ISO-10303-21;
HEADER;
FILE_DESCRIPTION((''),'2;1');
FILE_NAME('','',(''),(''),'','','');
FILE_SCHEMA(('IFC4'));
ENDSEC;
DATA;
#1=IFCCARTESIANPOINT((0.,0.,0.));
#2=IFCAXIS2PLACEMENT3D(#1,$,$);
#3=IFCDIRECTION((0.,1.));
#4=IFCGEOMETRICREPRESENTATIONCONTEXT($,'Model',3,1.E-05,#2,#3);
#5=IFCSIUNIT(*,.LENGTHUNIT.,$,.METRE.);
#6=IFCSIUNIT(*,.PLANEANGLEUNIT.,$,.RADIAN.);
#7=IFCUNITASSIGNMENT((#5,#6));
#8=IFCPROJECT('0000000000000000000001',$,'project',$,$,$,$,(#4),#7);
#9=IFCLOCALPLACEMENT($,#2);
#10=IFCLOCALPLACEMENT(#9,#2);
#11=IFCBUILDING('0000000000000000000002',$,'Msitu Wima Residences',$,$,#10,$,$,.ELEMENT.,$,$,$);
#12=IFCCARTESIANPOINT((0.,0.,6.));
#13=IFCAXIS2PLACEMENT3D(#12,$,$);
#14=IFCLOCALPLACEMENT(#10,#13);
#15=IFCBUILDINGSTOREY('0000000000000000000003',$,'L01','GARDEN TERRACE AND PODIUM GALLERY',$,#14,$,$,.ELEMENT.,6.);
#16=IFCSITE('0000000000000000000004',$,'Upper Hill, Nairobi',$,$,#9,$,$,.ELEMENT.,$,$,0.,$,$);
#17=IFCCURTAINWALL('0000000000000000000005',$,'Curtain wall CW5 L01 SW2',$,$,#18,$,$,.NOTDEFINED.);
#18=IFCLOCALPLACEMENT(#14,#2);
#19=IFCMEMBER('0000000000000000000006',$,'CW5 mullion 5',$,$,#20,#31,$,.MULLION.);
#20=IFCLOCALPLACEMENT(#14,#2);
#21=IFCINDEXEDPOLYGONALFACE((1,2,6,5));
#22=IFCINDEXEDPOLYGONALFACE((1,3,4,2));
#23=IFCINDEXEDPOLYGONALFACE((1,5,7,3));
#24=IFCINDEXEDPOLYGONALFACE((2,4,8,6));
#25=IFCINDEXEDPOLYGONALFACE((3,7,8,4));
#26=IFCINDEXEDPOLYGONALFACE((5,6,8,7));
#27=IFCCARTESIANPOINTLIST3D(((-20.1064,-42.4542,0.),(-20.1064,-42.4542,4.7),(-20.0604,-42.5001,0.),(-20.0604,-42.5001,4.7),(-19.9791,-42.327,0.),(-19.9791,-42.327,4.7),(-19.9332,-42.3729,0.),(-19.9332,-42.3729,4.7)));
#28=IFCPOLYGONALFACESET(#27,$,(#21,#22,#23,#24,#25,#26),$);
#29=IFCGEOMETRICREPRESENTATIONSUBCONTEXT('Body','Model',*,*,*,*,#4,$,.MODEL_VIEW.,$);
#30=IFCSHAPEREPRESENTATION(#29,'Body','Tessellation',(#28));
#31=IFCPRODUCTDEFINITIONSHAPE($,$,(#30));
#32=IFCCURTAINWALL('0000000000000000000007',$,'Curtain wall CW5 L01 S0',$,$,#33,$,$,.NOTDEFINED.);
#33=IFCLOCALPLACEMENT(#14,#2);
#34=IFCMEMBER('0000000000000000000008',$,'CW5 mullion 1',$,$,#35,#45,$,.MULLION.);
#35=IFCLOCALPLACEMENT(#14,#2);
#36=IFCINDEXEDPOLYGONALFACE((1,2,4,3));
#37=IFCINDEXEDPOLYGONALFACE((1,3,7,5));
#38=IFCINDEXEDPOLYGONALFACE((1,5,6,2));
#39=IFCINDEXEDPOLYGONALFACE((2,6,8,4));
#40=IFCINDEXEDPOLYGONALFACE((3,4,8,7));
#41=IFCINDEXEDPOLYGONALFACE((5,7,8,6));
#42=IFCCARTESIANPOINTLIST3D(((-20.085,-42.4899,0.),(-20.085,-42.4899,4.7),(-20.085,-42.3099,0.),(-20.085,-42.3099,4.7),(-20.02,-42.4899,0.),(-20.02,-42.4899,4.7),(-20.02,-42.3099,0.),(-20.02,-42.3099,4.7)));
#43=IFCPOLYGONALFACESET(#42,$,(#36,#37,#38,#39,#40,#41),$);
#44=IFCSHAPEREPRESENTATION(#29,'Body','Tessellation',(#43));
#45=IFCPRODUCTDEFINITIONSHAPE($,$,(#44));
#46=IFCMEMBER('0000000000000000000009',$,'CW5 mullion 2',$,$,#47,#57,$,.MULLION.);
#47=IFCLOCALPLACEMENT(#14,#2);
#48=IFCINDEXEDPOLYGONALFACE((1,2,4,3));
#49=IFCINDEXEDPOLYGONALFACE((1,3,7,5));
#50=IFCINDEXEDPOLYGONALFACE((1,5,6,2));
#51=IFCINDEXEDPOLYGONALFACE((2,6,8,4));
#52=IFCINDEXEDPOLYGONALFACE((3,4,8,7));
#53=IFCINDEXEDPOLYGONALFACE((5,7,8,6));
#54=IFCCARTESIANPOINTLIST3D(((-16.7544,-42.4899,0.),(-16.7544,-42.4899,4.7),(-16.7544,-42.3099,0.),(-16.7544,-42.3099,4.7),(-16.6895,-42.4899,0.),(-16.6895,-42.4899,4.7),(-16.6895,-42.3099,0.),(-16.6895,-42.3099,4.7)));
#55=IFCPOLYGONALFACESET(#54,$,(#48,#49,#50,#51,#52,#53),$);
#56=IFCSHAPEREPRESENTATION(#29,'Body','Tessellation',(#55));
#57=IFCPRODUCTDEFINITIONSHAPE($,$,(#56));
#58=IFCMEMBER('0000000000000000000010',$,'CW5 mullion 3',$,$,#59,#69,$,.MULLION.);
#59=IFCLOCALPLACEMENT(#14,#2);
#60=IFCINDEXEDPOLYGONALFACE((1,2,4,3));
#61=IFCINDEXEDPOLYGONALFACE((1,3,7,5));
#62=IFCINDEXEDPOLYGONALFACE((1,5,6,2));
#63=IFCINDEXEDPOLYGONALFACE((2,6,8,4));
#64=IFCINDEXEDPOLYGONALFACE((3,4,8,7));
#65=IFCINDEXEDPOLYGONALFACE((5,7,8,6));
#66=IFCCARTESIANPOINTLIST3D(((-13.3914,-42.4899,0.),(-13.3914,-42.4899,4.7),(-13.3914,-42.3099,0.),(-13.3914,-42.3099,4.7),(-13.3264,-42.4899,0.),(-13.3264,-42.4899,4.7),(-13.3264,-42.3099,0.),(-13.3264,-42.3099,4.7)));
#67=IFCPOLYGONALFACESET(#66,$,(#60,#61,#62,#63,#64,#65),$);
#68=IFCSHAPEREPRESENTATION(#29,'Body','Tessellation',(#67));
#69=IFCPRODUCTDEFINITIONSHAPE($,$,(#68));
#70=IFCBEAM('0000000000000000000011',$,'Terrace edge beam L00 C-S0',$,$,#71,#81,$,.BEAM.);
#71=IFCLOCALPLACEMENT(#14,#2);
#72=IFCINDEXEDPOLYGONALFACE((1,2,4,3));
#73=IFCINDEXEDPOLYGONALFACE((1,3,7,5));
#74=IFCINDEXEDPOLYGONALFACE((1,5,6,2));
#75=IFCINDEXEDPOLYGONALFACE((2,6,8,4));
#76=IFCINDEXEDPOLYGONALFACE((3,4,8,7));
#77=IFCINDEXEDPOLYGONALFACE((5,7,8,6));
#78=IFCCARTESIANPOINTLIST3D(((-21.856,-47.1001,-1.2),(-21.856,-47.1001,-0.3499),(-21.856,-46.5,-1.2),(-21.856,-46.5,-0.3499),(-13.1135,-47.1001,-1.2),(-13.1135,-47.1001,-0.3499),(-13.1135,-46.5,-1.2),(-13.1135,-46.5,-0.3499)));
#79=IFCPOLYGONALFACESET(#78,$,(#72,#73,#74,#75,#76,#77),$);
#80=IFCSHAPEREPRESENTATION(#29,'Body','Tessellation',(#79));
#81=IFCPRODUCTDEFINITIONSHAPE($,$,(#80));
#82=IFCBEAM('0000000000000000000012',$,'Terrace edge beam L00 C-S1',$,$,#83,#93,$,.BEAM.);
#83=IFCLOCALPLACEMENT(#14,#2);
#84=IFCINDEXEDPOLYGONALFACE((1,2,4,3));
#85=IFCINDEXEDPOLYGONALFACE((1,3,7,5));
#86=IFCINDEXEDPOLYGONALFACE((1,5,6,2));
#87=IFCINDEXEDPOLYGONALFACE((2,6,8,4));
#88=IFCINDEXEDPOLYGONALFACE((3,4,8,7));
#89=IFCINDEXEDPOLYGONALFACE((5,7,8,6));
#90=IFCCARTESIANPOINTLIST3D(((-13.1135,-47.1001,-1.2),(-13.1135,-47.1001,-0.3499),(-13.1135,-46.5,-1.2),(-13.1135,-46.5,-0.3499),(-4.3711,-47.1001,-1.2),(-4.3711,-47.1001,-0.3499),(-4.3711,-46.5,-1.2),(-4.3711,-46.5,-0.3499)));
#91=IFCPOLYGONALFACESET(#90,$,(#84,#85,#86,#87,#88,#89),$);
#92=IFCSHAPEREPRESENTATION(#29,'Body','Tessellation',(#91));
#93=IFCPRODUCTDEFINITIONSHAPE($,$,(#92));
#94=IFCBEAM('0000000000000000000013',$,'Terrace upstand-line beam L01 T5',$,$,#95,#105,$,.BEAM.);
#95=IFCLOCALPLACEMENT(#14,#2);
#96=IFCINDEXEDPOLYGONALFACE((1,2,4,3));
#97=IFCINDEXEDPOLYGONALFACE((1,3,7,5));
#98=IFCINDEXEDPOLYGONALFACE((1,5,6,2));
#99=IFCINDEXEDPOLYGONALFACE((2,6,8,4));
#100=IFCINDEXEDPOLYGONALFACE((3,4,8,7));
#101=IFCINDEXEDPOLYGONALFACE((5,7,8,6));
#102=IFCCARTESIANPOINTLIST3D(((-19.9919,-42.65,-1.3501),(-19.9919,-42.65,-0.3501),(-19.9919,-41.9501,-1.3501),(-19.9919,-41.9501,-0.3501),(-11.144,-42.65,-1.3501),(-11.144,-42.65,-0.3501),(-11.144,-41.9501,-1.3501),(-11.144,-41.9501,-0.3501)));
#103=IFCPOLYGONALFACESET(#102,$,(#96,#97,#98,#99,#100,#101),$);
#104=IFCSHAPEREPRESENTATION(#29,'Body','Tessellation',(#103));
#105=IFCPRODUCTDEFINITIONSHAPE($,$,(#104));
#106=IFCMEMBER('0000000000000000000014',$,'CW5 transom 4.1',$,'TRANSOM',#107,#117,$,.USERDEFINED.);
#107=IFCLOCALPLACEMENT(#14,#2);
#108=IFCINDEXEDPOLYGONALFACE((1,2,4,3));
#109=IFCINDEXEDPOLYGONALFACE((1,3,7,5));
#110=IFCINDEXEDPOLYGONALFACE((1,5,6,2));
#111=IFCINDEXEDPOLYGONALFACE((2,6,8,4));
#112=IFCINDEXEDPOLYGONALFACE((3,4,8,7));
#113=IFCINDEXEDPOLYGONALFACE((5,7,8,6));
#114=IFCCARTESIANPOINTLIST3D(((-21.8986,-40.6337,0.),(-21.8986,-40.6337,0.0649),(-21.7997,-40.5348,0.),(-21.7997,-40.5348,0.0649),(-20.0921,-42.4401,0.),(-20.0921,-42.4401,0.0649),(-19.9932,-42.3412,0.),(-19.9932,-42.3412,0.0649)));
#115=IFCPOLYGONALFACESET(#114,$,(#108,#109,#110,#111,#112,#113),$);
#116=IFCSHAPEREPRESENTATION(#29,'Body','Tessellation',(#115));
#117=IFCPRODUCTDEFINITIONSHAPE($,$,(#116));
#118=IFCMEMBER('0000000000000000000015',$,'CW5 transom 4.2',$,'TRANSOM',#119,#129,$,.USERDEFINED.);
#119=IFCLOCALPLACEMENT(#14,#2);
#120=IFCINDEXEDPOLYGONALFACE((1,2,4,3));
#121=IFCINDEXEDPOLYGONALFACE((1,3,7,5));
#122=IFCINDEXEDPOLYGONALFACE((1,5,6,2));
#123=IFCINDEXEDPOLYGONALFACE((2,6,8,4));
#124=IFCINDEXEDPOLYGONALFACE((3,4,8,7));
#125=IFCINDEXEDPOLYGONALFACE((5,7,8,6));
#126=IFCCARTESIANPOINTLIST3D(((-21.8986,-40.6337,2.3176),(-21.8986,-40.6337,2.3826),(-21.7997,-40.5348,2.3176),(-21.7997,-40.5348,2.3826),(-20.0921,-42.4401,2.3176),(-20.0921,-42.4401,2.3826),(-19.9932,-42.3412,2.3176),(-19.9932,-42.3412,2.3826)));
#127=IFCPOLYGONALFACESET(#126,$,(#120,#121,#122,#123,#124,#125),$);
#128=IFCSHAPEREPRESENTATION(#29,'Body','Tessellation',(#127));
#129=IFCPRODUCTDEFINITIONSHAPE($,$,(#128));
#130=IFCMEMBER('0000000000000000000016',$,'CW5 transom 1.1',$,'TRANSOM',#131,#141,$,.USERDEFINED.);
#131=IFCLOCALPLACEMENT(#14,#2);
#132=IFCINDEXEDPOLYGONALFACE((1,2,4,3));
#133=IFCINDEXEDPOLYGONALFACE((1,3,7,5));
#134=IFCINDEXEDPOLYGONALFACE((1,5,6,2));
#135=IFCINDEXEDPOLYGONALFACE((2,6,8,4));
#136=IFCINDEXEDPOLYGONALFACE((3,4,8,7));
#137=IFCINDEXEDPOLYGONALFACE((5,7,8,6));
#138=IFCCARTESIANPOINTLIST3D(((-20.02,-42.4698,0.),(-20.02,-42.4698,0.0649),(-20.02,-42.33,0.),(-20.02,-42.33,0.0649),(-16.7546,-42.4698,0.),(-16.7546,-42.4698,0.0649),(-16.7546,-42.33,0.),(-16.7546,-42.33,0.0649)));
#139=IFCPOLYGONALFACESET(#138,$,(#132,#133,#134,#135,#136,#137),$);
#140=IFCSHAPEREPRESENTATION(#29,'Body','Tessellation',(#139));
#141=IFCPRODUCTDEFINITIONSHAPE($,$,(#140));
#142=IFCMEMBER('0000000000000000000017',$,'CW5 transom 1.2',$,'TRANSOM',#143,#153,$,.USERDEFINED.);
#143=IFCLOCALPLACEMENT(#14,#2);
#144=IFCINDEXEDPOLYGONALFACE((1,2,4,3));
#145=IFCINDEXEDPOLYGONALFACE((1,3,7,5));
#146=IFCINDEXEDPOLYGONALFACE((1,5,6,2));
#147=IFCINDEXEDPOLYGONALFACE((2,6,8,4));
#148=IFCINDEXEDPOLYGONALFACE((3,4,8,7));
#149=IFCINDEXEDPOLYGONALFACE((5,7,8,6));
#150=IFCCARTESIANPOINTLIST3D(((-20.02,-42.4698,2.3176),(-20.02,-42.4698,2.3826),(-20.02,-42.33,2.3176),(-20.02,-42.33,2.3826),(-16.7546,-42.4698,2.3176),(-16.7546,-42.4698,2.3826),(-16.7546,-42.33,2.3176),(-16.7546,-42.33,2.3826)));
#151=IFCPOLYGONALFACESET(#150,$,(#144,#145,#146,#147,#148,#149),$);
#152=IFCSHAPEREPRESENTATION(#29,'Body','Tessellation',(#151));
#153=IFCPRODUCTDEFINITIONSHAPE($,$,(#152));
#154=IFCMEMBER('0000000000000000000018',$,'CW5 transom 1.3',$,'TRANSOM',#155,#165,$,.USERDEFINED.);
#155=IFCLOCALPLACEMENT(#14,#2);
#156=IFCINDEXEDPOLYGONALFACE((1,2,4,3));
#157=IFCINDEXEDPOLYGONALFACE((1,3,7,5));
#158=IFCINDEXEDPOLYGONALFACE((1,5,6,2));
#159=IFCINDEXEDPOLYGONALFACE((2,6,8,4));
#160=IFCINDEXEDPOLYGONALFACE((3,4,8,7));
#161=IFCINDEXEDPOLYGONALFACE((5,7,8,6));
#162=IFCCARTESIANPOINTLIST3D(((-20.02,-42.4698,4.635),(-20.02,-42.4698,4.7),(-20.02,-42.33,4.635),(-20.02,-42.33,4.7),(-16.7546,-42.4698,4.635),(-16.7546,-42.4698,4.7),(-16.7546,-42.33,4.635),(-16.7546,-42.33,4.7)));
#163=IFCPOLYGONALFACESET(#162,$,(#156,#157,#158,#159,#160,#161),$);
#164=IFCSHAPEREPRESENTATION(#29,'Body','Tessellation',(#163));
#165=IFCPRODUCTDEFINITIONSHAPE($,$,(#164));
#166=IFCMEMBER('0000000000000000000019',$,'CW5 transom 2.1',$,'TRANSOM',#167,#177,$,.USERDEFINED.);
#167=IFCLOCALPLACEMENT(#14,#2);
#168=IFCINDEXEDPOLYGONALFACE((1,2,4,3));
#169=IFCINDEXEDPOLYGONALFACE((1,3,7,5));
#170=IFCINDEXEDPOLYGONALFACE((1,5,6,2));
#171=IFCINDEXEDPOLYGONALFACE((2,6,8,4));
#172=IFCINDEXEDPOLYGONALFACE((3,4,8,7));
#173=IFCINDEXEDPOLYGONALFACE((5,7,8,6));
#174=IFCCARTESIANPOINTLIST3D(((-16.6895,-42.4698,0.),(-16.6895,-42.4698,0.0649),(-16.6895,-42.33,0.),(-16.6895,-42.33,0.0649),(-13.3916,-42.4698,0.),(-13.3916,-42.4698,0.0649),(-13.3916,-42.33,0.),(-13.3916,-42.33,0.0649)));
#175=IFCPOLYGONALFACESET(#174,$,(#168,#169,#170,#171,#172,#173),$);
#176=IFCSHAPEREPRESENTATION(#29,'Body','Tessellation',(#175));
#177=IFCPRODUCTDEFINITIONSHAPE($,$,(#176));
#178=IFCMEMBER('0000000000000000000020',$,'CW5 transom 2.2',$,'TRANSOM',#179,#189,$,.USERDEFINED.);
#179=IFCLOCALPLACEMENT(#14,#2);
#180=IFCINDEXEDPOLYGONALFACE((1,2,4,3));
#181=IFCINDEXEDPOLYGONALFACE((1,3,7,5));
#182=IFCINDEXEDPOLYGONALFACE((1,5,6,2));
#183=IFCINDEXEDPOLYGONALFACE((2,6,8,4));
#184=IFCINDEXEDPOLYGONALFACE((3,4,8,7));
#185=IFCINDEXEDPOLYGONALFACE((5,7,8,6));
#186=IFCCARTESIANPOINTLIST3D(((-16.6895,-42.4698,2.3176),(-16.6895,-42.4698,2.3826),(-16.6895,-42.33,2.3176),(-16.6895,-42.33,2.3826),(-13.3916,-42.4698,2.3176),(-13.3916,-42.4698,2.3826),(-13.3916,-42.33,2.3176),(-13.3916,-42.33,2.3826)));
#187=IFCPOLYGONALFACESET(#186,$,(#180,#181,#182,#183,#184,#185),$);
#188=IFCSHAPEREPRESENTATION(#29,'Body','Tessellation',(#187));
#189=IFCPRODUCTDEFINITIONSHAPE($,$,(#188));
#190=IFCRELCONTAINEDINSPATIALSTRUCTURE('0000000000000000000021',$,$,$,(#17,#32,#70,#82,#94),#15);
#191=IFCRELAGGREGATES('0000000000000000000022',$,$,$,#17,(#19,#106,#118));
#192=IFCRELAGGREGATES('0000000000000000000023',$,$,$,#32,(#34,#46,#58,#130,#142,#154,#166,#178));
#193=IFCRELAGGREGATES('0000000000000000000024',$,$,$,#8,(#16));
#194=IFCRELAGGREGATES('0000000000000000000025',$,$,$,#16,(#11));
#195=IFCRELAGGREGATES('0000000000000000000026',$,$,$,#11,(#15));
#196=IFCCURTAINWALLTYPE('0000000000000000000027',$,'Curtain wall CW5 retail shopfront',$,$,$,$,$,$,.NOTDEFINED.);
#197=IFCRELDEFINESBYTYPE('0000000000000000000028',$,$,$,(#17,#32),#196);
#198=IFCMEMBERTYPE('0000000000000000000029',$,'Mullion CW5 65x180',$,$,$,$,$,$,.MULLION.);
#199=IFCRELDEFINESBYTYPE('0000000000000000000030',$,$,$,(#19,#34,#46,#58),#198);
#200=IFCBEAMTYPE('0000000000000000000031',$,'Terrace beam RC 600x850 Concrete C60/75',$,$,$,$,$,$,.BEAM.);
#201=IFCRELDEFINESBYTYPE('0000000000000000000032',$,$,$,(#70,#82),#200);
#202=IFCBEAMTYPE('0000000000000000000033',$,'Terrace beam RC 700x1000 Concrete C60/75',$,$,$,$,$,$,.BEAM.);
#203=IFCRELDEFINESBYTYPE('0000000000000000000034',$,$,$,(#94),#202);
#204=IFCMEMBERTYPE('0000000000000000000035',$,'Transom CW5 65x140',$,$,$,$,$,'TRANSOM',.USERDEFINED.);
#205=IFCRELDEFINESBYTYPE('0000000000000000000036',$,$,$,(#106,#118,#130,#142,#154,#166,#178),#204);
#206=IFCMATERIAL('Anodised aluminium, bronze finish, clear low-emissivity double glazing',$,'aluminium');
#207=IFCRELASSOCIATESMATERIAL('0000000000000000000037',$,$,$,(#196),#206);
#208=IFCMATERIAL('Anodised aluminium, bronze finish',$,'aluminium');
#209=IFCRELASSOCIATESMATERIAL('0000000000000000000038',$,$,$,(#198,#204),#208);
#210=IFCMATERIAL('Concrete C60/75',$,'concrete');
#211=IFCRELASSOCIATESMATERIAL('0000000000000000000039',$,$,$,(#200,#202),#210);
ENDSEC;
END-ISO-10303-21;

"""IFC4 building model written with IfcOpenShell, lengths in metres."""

from ifc_helpers import new_model, si_unit, direction, frame, origin, origin_2d, place, context, subcontext, project, spatial, rectangle, extrude, material, material_profile, profile_set, type_object, element, aggregate, save


model = new_model("IFC4")

# Units and contexts
model_context = context("Model", 3, precision=1e-05, world=origin(), true_north=direction((0.0, 1.0)))
body_context = subcontext(model_context, "Body", "Model", "MODEL_VIEW")
ifc_project = project(units=[si_unit("LENGTHUNIT", "METRE"), si_unit("PLANEANGLEUNIT", "RADIAN")], contexts=[model_context])

# Site, building, storey
site_placement = place(None, origin())
site = spatial("IfcSite", under=ifc_project, at=site_placement, Name="Upper Hill, Nairobi", CompositionType="ELEMENT", RefElevation=0.0)
building_placement = place(site_placement, origin())
building = spatial("IfcBuilding", under=site, at=building_placement, Name="Msitu Wima Residences", CompositionType="ELEMENT")
storey_placement = place(building_placement, frame((0.0, 0.0, 6.0)))
storey = spatial("IfcBuildingStorey", under=building, at=storey_placement, Name="L01", Description="GARDEN TERRACE AND PODIUM GALLERY", CompositionType="ELEMENT", Elevation=6.0)

# Curtain wall, member
ifc_material_1 = material(Name="Anodised aluminium, bronze finish, clear low-emissivity double glazing", Category="aluminium")
curtain_wall_type = type_object("IfcCurtainWallType", Name="Curtain wall CW5 retail shopfront", PredefinedType="NOTDEFINED", material=ifc_material_1)
curtain_wall_1_placement = place(storey_placement, origin())
curtain_wall_1 = element("IfcCurtainWall", 1, at=curtain_wall_1_placement, inside=storey, type_object=curtain_wall_type, Name="Curtain wall CW5 L01 SW2", PredefinedType="NOTDEFINED")
ifc_material_2 = material(Name="Anodised aluminium, bronze finish", Category="aluminium")
ifc_material_profile_1 = material_profile(ifc_material_2, rectangle(XDim=0.1799, YDim=0.0649, at=origin_2d()), Name="Mullion 65x180")
ifc_profile_set_1 = profile_set([ifc_material_profile_1], Name="Anodised aluminium, bronze finish")
member_type_1 = type_object("IfcMemberType", Name="Mullion CW5 65x180", PredefinedType="MULLION", material=ifc_profile_set_1)
member_1_placement = place(storey_placement, frame((-20.0198, -42.4136, 0.0), z_axis=(0.0, 0.0, 1.0), x_axis=(0.707107, 0.707107, 0.0)))
member_1 = element("IfcMember", 2, at=member_1_placement, type_object=member_type_1, Name="CW5 mullion 5", PredefinedType="MULLION", context=body_context, shape_type="SweptSolid", body=[
    extrude(rectangle(XDim=0.1799, YDim=0.0649, at=origin_2d()), origin(), (0.0, 0.0, 1.0), 4.7),
])

# Curtain wall, members
curtain_wall_2_placement = place(storey_placement, origin())
curtain_wall_2 = element("IfcCurtainWall", 3, at=curtain_wall_2_placement, inside=storey, type_object=curtain_wall_type, Name="Curtain wall CW5 L01 S0", PredefinedType="NOTDEFINED")
member_2_placement = place(storey_placement, frame((-20.0525, -42.3999, 0.0), z_axis=(0.0, 0.0, 1.0), x_axis=(0.0, 1.0, 0.0)))
member_2 = element("IfcMember", 4, at=member_2_placement, type_object=member_type_1, Name="CW5 mullion 1", PredefinedType="MULLION", context=body_context, shape_type="SweptSolid", body=[
    extrude(rectangle(XDim=0.1799, YDim=0.0649, at=origin_2d()), origin(), (0.0, 0.0, 1.0), 4.7),
])
member_3_placement = place(storey_placement, frame((-16.7219, -42.3999, 0.0), z_axis=(0.0, 0.0, 1.0), x_axis=(0.0, 1.0, 0.0)))
member_3 = element("IfcMember", 5, at=member_3_placement, type_object=member_type_1, Name="CW5 mullion 2", PredefinedType="MULLION", context=body_context, shape_type="SweptSolid", body=[
    extrude(rectangle(XDim=0.1799, YDim=0.0649, at=origin_2d()), origin(), (0.0, 0.0, 1.0), 4.7),
])
member_4_placement = place(storey_placement, frame((-13.3589, -42.3999, 0.0), z_axis=(0.0, 0.0, 1.0), x_axis=(0.0, 1.0, 0.0)))
member_4 = element("IfcMember", 6, at=member_4_placement, type_object=member_type_1, Name="CW5 mullion 3", PredefinedType="MULLION", context=body_context, shape_type="SweptSolid", body=[
    extrude(rectangle(XDim=0.1799, YDim=0.0649, at=origin_2d()), origin(), (0.0, 0.0, 1.0), 4.7),
])

# Beams
ifc_material_3 = material(Name="Concrete C60/75", Category="concrete")
ifc_material_profile_2 = material_profile(ifc_material_3, rectangle(XDim=0.6001, YDim=0.8501, at=origin_2d()), Name="RC 600x850")
ifc_profile_set_2 = profile_set([ifc_material_profile_2], Name="Concrete C60/75")
beam_type_1 = type_object("IfcBeamType", Name="Terrace beam RC 600x850 Concrete C60/75", PredefinedType="BEAM", material=ifc_profile_set_2)
for number, where, z_axis, x_axis, name in (
    (7, (-21.856, -46.8, -0.7749), (1.0, 0.0, 0.0), (0.0, 1.0, 0.0), "Terrace edge beam L00 C-S0"),
    (8, (-13.1135, -46.8, -0.7749), (1.0, 0.0, 0.0), (0.0, 1.0, 0.0), "Terrace edge beam L00 C-S1"),
):
    element("IfcBeam", number, at=place(storey_placement, frame(where, z_axis=z_axis, x_axis=x_axis)), inside=storey, type_object=beam_type_1, Name=name, PredefinedType="BEAM", context=body_context, shape_type="SweptSolid", body=[
        extrude(rectangle(XDim=0.6001, YDim=0.8501, at=origin_2d()), origin(), (0.0, 0.0, 1.0), 8.7424),
    ])
ifc_material_profile_3 = material_profile(ifc_material_3, rectangle(XDim=0.7, YDim=1.0, at=origin_2d()), Name="RC 700x1000")
ifc_profile_set_3 = profile_set([ifc_material_profile_3], Name="Concrete C60/75")
beam_type_2 = type_object("IfcBeamType", Name="Terrace beam RC 700x1000 Concrete C60/75", PredefinedType="BEAM", material=ifc_profile_set_3)
beam_placement = place(storey_placement, frame((-19.9919, -42.3, -0.8501), z_axis=(1.0, 0.0, 0.0), x_axis=(0.0, 1.0, 0.0)))
element("IfcBeam", 9, at=beam_placement, inside=storey, type_object=beam_type_2, Name="Terrace upstand-line beam L01 T5", PredefinedType="BEAM", context=body_context, shape_type="SweptSolid", body=[
    extrude(rectangle(XDim=0.7, YDim=1.0, at=origin_2d()), origin(), (0.0, 0.0, 1.0), 8.8479),
])

# Members
ifc_material_profile_4 = material_profile(ifc_material_2, rectangle(XDim=0.1399, YDim=0.0649, at=origin_2d()), Name="Transom 65x140")
ifc_profile_set_4 = profile_set([ifc_material_profile_4], Name="Anodised aluminium, bronze finish")
member_type_2 = type_object("IfcMemberType", Name="Transom CW5 65x140", ElementType="TRANSOM", PredefinedType="USERDEFINED", material=ifc_profile_set_4)
member_5_placement = place(storey_placement, frame((-21.8491, -40.5842, 0.0325), z_axis=(0.707107, -0.707107, 0.0), x_axis=(0.707107, 0.707107, 0.0)))
member_5 = element("IfcMember", 10, at=member_5_placement, type_object=member_type_2, Name="CW5 transom 4.1", ObjectType="TRANSOM", PredefinedType="USERDEFINED", context=body_context, shape_type="SweptSolid", body=[
    extrude(rectangle(XDim=0.1399, YDim=0.0649, at=origin_2d()), origin(), (0.0, 0.0, 1.0), 2.5547),
])
member_6_placement = place(storey_placement, frame((-21.8491, -40.5842, 2.3501), z_axis=(0.707107, -0.707107, 0.0), x_axis=(0.707107, 0.707107, 0.0)))
member_6 = element("IfcMember", 11, at=member_6_placement, type_object=member_type_2, Name="CW5 transom 4.2", ObjectType="TRANSOM", PredefinedType="USERDEFINED", context=body_context, shape_type="SweptSolid", body=[
    extrude(rectangle(XDim=0.1399, YDim=0.0649, at=origin_2d()), origin(), (0.0, 0.0, 1.0), 2.5547),
])
member_7_placement = place(storey_placement, frame((-20.02, -42.3999, 0.0325), z_axis=(1.0, 0.0, 0.0), x_axis=(0.0, 1.0, 0.0)))
member_7 = element("IfcMember", 12, at=member_7_placement, type_object=member_type_2, Name="CW5 transom 1.1", ObjectType="TRANSOM", PredefinedType="USERDEFINED", context=body_context, shape_type="SweptSolid", body=[
    extrude(rectangle(XDim=0.1399, YDim=0.0649, at=origin_2d()), origin(), (0.0, 0.0, 1.0), 3.2654),
])
member_8_placement = place(storey_placement, frame((-20.02, -42.3999, 2.3501), z_axis=(1.0, 0.0, 0.0), x_axis=(0.0, 1.0, 0.0)))
member_8 = element("IfcMember", 13, at=member_8_placement, type_object=member_type_2, Name="CW5 transom 1.2", ObjectType="TRANSOM", PredefinedType="USERDEFINED", context=body_context, shape_type="SweptSolid", body=[
    extrude(rectangle(XDim=0.1399, YDim=0.0649, at=origin_2d()), origin(), (0.0, 0.0, 1.0), 3.2654),
])
member_9_placement = place(storey_placement, frame((-20.02, -42.3999, 4.6675), z_axis=(1.0, 0.0, 0.0), x_axis=(0.0, 1.0, 0.0)))
member_9 = element("IfcMember", 14, at=member_9_placement, type_object=member_type_2, Name="CW5 transom 1.3", ObjectType="TRANSOM", PredefinedType="USERDEFINED", context=body_context, shape_type="SweptSolid", body=[
    extrude(rectangle(XDim=0.1399, YDim=0.0649, at=origin_2d()), origin(), (0.0, 0.0, 1.0), 3.2654),
])
member_10_placement = place(storey_placement, frame((-16.6895, -42.3999, 0.0325), z_axis=(1.0, 0.0, 0.0), x_axis=(0.0, 1.0, 0.0)))
member_10 = element("IfcMember", 15, at=member_10_placement, type_object=member_type_2, Name="CW5 transom 2.1", ObjectType="TRANSOM", PredefinedType="USERDEFINED", context=body_context, shape_type="SweptSolid", body=[
    extrude(rectangle(XDim=0.1399, YDim=0.0649, at=origin_2d()), origin(), (0.0, 0.0, 1.0), 3.2979),
])
member_11_placement = place(storey_placement, frame((-16.6895, -42.3999, 2.3501), z_axis=(1.0, 0.0, 0.0), x_axis=(0.0, 1.0, 0.0)))
member_11 = element("IfcMember", 16, at=member_11_placement, type_object=member_type_2, Name="CW5 transom 2.2", ObjectType="TRANSOM", PredefinedType="USERDEFINED", context=body_context, shape_type="SweptSolid", body=[
    extrude(rectangle(XDim=0.1399, YDim=0.0649, at=origin_2d()), origin(), (0.0, 0.0, 1.0), 3.2979),
])

aggregate(curtain_wall_1, [member_1, member_5, member_6])
aggregate(curtain_wall_2, [member_2, member_3, member_4, member_7, member_8, member_9, member_10, member_11])

save(model, "model.ifc")
